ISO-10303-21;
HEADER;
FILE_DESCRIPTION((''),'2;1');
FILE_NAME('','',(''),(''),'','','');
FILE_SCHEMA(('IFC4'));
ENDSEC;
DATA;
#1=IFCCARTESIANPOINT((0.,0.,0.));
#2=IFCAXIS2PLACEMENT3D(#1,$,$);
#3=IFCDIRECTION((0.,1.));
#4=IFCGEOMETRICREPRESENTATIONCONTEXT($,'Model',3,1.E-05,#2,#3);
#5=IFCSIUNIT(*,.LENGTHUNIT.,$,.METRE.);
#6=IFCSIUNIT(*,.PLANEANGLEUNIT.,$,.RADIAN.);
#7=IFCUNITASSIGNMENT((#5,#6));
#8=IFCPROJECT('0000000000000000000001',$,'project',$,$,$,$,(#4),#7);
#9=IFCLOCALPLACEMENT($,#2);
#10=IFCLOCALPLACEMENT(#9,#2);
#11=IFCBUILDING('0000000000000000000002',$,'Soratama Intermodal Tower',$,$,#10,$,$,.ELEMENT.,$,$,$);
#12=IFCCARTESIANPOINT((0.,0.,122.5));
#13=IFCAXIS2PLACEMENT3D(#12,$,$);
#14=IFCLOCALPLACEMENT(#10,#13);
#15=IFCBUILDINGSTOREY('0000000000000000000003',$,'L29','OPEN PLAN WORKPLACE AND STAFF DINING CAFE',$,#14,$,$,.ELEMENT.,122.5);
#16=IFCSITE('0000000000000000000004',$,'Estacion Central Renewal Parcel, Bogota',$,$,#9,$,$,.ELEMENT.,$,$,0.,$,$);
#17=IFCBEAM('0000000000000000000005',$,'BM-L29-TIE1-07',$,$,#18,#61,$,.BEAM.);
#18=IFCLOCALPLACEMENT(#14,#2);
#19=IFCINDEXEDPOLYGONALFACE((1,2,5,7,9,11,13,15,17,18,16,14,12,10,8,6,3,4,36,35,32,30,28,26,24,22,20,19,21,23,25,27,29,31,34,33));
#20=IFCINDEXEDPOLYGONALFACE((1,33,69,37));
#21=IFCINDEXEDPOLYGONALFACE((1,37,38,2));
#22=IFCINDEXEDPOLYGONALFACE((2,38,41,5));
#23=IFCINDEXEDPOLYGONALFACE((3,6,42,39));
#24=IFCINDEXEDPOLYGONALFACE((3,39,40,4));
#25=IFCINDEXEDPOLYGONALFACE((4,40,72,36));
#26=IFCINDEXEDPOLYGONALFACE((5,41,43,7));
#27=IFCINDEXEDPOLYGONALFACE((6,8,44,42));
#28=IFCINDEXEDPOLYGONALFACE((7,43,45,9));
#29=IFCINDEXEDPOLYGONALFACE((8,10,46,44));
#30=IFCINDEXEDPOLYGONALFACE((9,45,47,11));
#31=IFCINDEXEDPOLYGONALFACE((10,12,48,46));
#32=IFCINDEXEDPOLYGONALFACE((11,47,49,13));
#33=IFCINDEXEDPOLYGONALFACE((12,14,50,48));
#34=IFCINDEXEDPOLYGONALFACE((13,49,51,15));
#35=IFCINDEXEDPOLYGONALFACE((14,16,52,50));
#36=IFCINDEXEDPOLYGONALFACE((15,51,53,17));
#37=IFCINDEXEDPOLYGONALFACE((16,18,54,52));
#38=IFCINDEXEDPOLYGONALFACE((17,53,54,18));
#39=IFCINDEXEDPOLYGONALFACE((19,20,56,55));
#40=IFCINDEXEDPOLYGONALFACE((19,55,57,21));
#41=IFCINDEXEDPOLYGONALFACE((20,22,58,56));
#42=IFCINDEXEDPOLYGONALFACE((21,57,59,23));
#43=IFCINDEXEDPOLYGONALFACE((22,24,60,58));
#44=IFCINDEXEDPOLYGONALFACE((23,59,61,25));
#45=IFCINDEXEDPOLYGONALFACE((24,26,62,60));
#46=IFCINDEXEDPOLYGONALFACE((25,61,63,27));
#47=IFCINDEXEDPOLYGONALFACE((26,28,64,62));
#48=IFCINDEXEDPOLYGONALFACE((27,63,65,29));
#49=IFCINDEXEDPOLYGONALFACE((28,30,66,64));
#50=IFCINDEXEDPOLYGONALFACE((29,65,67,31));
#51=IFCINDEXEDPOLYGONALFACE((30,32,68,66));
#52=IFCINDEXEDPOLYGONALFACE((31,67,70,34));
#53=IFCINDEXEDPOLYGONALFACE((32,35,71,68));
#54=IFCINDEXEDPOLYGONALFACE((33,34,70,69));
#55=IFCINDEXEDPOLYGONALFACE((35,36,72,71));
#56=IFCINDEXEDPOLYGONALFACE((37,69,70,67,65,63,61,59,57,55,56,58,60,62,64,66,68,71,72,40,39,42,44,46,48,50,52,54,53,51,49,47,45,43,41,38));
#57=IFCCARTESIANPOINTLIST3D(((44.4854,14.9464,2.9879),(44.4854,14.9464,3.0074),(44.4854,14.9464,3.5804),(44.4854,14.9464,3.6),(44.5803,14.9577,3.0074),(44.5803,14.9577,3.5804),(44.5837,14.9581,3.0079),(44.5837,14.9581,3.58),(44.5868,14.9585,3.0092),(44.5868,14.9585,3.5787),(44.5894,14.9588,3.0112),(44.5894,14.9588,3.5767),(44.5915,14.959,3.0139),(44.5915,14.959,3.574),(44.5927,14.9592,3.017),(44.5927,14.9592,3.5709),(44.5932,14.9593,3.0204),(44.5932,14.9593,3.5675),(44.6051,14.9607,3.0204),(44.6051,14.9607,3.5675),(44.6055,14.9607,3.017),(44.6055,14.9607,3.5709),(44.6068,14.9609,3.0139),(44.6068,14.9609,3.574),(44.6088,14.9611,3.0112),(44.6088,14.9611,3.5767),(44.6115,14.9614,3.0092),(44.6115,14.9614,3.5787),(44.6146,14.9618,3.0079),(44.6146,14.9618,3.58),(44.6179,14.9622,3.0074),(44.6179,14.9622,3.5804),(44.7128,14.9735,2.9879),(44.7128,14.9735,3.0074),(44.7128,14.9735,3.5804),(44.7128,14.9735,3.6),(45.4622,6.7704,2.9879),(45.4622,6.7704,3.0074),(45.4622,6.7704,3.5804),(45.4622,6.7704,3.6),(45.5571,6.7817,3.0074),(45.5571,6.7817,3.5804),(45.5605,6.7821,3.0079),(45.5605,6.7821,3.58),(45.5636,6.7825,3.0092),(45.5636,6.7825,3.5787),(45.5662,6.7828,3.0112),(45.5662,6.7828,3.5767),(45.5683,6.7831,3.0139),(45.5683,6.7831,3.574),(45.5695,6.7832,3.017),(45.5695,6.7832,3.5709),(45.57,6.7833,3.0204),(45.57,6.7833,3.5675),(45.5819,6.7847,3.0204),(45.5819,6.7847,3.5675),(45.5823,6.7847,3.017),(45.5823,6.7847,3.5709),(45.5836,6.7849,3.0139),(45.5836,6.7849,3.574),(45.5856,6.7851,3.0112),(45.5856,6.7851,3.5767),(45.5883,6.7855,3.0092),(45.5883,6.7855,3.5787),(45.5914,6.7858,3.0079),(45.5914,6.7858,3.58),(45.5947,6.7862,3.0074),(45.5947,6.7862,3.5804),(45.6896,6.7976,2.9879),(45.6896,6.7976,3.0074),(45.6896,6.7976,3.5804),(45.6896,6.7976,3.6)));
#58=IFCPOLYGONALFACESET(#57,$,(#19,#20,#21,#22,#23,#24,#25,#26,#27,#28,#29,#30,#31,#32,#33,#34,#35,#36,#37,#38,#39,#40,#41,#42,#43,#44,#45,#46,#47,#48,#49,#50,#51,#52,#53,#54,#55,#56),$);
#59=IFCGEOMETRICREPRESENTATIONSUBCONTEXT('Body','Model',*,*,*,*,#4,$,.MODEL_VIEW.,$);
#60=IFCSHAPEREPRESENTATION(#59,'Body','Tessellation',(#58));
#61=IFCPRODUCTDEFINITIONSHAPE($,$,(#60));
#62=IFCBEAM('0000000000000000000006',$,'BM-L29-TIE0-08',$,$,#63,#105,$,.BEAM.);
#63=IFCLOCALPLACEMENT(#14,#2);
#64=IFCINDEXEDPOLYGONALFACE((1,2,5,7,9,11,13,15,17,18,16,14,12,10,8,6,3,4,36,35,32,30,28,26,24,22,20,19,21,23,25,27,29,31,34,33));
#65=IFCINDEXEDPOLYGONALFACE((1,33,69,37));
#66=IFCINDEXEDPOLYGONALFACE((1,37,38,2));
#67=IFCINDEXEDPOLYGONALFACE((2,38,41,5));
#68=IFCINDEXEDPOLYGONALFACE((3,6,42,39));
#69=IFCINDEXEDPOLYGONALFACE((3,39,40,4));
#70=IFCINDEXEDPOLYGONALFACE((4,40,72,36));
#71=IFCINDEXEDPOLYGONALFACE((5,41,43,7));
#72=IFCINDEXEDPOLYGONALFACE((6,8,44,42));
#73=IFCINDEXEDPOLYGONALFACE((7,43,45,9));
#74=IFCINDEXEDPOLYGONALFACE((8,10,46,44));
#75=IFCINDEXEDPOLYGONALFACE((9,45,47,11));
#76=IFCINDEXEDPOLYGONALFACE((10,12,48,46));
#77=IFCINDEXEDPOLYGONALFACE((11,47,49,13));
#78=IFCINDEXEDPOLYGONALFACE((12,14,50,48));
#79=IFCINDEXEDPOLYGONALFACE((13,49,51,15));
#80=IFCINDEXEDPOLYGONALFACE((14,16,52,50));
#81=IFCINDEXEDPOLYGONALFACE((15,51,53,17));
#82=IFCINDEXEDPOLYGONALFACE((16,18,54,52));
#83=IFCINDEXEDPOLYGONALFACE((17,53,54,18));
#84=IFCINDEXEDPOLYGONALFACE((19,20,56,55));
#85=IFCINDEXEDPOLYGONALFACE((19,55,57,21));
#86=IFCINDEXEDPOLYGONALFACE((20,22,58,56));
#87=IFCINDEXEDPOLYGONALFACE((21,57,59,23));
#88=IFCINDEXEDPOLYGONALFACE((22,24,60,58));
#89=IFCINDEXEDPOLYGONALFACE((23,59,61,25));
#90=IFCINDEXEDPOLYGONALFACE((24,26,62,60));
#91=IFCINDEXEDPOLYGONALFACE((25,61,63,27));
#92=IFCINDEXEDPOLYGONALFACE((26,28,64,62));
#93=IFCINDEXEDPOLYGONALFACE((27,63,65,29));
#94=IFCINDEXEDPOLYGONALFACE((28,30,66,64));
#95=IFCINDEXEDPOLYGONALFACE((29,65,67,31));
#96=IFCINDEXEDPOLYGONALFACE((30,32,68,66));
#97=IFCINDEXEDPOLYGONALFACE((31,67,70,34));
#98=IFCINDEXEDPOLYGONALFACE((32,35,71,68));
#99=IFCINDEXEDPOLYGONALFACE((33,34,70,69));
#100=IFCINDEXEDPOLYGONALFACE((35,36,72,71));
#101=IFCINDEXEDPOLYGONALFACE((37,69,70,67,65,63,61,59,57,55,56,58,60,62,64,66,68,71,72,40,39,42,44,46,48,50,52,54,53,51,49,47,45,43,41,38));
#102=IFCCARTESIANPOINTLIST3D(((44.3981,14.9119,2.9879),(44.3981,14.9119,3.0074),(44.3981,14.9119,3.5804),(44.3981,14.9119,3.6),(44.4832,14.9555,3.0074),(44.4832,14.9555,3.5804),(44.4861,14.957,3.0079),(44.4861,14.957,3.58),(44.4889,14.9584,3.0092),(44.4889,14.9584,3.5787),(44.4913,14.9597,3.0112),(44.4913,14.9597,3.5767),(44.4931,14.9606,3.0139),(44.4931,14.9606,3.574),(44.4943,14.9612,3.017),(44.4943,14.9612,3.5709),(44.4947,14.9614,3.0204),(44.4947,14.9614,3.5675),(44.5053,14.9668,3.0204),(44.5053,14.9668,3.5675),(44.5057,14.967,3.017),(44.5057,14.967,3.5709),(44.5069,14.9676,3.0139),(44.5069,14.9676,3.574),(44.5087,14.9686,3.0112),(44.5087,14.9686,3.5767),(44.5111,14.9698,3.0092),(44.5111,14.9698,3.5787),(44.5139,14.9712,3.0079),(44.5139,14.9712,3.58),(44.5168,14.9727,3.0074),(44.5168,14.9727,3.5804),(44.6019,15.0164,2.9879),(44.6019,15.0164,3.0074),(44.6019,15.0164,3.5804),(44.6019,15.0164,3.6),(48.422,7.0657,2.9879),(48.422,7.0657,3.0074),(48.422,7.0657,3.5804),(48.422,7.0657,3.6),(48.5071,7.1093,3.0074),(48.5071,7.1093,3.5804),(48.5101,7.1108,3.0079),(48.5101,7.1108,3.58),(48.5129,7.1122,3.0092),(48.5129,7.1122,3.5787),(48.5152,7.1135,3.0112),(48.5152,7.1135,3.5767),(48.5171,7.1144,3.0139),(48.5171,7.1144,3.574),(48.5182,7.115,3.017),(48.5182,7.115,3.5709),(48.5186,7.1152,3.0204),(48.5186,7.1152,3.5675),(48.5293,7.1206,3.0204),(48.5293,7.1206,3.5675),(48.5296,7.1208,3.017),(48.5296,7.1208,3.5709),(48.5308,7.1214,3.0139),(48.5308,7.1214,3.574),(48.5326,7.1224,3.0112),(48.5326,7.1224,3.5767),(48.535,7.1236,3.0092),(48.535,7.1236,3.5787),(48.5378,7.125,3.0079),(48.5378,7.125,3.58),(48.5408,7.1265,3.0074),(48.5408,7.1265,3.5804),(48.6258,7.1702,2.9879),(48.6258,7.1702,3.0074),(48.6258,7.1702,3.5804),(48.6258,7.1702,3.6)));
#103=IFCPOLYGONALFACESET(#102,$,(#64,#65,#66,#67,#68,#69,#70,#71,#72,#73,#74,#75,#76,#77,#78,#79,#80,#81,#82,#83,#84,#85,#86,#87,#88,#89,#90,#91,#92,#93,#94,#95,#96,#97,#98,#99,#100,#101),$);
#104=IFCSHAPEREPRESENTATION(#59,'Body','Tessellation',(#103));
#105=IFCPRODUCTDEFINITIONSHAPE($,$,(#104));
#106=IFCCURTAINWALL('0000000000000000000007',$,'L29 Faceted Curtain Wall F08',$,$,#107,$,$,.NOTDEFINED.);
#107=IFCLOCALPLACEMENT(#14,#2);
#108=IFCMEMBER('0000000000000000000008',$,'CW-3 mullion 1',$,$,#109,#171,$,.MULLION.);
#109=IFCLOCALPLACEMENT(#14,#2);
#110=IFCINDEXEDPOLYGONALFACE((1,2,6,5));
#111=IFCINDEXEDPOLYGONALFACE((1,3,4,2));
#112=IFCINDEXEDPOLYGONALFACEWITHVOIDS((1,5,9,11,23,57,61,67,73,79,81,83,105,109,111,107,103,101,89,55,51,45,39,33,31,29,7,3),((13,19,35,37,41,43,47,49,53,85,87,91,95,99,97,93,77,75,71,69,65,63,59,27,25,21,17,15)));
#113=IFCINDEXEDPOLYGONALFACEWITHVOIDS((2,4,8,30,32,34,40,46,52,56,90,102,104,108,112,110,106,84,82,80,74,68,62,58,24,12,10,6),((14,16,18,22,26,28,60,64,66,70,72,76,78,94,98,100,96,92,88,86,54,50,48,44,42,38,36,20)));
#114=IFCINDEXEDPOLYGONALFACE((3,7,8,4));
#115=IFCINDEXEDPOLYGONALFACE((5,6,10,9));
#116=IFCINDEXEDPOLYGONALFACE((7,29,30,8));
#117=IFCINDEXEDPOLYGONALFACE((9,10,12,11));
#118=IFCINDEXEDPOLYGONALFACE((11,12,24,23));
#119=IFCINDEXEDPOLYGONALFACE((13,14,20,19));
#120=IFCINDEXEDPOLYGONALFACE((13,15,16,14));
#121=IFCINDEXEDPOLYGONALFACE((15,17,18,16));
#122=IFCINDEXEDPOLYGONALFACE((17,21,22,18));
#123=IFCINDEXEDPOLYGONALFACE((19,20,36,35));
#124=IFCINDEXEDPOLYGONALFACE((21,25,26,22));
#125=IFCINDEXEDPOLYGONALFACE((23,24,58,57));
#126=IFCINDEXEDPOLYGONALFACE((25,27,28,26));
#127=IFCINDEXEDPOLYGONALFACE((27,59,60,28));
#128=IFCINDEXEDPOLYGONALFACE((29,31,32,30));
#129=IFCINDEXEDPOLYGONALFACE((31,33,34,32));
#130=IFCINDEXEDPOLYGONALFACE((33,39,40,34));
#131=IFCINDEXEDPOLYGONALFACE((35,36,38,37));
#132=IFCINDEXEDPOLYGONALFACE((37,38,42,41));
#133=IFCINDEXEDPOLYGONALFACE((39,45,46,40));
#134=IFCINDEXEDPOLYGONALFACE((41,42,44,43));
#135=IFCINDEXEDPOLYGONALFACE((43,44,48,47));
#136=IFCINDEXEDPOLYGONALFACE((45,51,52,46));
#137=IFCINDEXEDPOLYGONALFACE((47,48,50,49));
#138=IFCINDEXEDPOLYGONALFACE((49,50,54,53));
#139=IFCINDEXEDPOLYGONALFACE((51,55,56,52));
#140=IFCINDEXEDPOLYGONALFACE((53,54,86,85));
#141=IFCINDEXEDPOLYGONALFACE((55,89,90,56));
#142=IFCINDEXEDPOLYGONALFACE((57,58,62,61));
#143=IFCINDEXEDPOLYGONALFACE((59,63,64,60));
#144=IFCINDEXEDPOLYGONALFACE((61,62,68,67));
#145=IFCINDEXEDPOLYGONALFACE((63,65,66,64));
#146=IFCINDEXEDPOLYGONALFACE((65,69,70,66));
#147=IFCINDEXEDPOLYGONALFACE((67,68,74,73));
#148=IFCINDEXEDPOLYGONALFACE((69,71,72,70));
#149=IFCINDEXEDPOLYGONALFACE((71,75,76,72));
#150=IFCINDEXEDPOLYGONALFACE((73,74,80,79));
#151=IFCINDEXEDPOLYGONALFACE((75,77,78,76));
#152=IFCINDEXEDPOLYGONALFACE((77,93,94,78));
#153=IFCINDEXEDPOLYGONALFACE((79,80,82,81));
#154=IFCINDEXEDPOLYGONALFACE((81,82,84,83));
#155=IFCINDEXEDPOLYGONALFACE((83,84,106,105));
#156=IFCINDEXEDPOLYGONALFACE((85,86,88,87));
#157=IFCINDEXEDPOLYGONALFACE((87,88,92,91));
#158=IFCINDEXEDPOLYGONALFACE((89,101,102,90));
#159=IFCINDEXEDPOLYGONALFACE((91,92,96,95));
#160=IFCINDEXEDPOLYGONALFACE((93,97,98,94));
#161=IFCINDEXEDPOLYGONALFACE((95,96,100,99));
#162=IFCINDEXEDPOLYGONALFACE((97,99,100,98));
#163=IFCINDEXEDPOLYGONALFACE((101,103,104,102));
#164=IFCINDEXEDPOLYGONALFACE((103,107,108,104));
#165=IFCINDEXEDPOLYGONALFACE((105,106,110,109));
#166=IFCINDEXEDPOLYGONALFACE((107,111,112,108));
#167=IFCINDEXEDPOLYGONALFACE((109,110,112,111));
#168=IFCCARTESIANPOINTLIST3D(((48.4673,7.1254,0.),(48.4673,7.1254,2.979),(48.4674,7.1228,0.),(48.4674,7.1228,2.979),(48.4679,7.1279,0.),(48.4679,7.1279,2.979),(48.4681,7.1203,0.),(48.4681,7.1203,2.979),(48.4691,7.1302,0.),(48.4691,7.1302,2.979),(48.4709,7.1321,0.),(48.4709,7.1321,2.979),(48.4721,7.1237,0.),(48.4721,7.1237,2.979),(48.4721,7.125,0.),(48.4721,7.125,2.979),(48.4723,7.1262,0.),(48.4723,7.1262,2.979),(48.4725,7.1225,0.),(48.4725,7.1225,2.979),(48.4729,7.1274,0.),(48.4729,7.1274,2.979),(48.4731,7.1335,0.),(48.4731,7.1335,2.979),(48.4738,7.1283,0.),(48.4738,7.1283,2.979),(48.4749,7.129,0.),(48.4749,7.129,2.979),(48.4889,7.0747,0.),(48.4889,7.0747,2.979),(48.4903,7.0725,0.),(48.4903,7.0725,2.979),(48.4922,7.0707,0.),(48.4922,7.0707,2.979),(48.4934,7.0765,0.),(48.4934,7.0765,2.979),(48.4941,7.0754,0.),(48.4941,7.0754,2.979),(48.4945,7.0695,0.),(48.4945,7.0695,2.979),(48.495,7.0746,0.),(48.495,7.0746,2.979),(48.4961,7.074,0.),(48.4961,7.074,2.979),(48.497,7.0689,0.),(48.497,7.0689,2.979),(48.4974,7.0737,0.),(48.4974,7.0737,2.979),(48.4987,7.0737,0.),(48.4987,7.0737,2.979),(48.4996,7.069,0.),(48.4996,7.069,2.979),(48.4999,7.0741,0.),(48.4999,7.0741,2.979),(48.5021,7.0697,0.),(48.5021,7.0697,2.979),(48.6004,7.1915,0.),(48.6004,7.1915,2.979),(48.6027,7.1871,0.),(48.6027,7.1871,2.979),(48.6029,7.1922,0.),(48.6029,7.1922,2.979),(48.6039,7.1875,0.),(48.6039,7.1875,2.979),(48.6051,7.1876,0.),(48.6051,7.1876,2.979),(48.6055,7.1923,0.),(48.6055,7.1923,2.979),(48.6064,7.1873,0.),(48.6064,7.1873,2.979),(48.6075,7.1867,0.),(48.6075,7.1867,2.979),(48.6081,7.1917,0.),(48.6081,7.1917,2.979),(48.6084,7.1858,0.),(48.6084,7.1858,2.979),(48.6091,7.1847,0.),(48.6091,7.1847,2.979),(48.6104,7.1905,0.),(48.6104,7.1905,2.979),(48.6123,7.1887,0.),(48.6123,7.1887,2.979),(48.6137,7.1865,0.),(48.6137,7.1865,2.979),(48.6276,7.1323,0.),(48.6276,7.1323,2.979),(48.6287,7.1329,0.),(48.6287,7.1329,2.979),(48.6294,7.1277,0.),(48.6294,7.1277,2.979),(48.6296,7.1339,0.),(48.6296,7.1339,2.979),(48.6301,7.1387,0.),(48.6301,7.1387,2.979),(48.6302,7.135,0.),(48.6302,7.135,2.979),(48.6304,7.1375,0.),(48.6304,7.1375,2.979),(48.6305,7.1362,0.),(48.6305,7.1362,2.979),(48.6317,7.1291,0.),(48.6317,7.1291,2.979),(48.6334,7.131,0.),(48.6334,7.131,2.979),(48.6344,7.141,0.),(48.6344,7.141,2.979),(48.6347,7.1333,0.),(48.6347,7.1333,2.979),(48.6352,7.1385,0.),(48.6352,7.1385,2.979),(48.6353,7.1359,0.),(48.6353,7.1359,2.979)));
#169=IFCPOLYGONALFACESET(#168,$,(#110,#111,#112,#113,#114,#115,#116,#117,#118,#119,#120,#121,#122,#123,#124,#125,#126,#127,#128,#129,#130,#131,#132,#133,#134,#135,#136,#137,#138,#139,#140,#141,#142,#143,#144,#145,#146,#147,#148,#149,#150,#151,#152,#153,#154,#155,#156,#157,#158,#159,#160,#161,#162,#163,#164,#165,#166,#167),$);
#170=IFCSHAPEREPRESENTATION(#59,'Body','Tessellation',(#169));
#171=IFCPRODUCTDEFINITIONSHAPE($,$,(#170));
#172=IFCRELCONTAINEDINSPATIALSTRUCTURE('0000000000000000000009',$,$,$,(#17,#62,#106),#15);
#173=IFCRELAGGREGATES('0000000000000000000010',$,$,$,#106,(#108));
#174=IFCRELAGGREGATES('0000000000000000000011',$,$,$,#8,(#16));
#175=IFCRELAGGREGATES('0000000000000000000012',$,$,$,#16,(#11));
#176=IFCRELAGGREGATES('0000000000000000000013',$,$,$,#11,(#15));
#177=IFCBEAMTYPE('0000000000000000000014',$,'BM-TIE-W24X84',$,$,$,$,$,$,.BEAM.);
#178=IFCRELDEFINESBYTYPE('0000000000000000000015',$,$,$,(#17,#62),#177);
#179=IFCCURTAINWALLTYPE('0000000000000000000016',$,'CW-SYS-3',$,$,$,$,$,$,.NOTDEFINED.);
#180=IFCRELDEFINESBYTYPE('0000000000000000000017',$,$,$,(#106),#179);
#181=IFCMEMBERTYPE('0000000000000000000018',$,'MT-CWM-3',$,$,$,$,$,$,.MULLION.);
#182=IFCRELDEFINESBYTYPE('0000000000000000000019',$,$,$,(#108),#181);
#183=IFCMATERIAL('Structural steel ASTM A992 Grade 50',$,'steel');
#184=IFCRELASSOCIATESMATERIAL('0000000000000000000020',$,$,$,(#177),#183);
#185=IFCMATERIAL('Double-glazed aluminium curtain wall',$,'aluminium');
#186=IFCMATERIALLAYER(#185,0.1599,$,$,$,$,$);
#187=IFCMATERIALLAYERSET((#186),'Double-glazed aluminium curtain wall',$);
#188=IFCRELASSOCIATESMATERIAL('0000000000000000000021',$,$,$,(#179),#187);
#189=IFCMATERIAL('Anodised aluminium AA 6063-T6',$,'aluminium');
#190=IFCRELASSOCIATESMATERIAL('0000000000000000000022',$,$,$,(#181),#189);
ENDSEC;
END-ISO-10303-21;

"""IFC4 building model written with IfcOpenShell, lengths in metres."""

from ifc_helpers import new_model, si_unit, direction, frame, origin, origin_2d, place, context, subcontext, project, spatial, hollow_rectangle, i_section, extrude, material, layer, layer_set, material_profile, profile_set, type_object, element, aggregate, save


model = new_model("IFC4")

# Units and contexts
model_context = context("Model", 3, precision=1e-05, world=origin(), true_north=direction((0.0, 1.0)))
body_context = subcontext(model_context, "Body", "Model", "MODEL_VIEW")
ifc_project = project(units=[si_unit("LENGTHUNIT", "METRE"), si_unit("PLANEANGLEUNIT", "RADIAN")], contexts=[model_context])

# Site, building, storey
site_placement = place(None, origin())
site = spatial("IfcSite", under=ifc_project, at=site_placement, Name="Estacion Central Renewal Parcel, Bogota", CompositionType="ELEMENT", RefElevation=0.0)
building_placement = place(site_placement, origin())
building = spatial("IfcBuilding", under=site, at=building_placement, Name="Soratama Intermodal Tower", CompositionType="ELEMENT")
storey_placement = place(building_placement, frame((0.0, 0.0, 122.5)))
storey = spatial("IfcBuildingStorey", under=building, at=storey_placement, Name="L29", Description="OPEN PLAN WORKPLACE AND STAFF DINING CAFE", CompositionType="ELEMENT", Elevation=122.5)

# Beams
ifc_material_1 = material(Name="Structural steel ASTM A992 Grade 50", Category="steel")
ifc_material_profile_1 = material_profile(ifc_material_1, i_section(OverallWidth=0.229, OverallDepth=0.6121, WebThickness=0.012, FlangeThickness=0.0195, FilletRadius=0.0129, at=origin_2d()), Name="W24X84")
ifc_profile_set_1 = profile_set([ifc_material_profile_1], Name="Structural steel ASTM A992 Grade 50")
beam_type_1 = type_object("IfcBeamType", Name="BM-TIE-W24X84", PredefinedType="BEAM", material=ifc_profile_set_1)
beam_1_placement = place(storey_placement, frame((44.5991, 14.96, 3.2939), z_axis=(0.118628, -0.992939, 0.0), x_axis=(0.992939, 0.118628, 0.0)))
element("IfcBeam", 1, at=beam_1_placement, inside=storey, type_object=beam_type_1, Name="BM-L29-TIE1-07", PredefinedType="BEAM", context=body_context, shape_type="SweptSolid", body=[
    extrude(i_section(OverallWidth=0.229, OverallDepth=0.6121, WebThickness=0.012, FlangeThickness=0.0195, FilletRadius=0.0129, at=origin_2d()), origin(), (0.0, 0.0, 1.0), 8.2341),
])
beam_2_placement = place(storey_placement, frame((44.5, 14.9641, 3.2939), z_axis=(0.456338, -0.889807, 0.0), x_axis=(0.889807, 0.456338, 0.0)))
element("IfcBeam", 2, at=beam_2_placement, inside=storey, type_object=beam_type_1, Name="BM-L29-TIE0-08", PredefinedType="BEAM", context=body_context, shape_type="SweptSolid", body=[
    extrude(i_section(OverallWidth=0.229, OverallDepth=0.6121, WebThickness=0.012, FlangeThickness=0.0195, FilletRadius=0.0129, at=origin_2d()), origin(), (0.0, 0.0, 1.0), 8.8179),
])

# Curtain wall, member
ifc_material_2 = material(Name="Double-glazed aluminium curtain wall", Category="aluminium")
ifc_layer_1 = layer(ifc_material_2, 0.1599)
ifc_layer_set_1 = layer_set([ifc_layer_1], Name="Double-glazed aluminium curtain wall")
curtain_wall_type = type_object("IfcCurtainWallType", Name="CW-SYS-3", PredefinedType="NOTDEFINED", material=ifc_layer_set_1)
curtain_wall_placement = place(storey_placement, origin())
curtain_wall = element("IfcCurtainWall", 3, at=curtain_wall_placement, inside=storey, type_object=curtain_wall_type, Name="L29 Faceted Curtain Wall F08", PredefinedType="NOTDEFINED")
ifc_material_3 = material(Name="Anodised aluminium AA 6063-T6", Category="aluminium")
ifc_material_profile_2 = material_profile(ifc_material_3, hollow_rectangle(XDim=0.0701, YDim=0.1599, WallThickness=0.0049, InnerFilletRadius=0.0049, OuterFilletRadius=0.01, at=origin_2d()), Name="CWM160X70X5")
ifc_profile_set_2 = profile_set([ifc_material_profile_2], Name="Anodised aluminium AA 6063-T6")
member_type = type_object("IfcMemberType", Name="MT-CWM-3", PredefinedType="MULLION", material=ifc_profile_set_2)
member_placement = place(storey_placement, frame((48.5513, 7.1306, 0.0), z_axis=(0.0, 0.0, 1.0), x_axis=(-0.414381, 0.910103, 0.0)))
member = element("IfcMember", 4, at=member_placement, type_object=member_type, Name="CW-3 mullion 1", PredefinedType="MULLION", context=body_context, shape_type="SweptSolid", body=[
    extrude(hollow_rectangle(XDim=0.0701, YDim=0.1599, WallThickness=0.0049, InnerFilletRadius=0.0049, OuterFilletRadius=0.01, at=origin_2d()), origin(), (0.0, 0.0, 1.0), 2.979),
])
aggregate(curtain_wall, [member])

save(model, "model.ifc")
